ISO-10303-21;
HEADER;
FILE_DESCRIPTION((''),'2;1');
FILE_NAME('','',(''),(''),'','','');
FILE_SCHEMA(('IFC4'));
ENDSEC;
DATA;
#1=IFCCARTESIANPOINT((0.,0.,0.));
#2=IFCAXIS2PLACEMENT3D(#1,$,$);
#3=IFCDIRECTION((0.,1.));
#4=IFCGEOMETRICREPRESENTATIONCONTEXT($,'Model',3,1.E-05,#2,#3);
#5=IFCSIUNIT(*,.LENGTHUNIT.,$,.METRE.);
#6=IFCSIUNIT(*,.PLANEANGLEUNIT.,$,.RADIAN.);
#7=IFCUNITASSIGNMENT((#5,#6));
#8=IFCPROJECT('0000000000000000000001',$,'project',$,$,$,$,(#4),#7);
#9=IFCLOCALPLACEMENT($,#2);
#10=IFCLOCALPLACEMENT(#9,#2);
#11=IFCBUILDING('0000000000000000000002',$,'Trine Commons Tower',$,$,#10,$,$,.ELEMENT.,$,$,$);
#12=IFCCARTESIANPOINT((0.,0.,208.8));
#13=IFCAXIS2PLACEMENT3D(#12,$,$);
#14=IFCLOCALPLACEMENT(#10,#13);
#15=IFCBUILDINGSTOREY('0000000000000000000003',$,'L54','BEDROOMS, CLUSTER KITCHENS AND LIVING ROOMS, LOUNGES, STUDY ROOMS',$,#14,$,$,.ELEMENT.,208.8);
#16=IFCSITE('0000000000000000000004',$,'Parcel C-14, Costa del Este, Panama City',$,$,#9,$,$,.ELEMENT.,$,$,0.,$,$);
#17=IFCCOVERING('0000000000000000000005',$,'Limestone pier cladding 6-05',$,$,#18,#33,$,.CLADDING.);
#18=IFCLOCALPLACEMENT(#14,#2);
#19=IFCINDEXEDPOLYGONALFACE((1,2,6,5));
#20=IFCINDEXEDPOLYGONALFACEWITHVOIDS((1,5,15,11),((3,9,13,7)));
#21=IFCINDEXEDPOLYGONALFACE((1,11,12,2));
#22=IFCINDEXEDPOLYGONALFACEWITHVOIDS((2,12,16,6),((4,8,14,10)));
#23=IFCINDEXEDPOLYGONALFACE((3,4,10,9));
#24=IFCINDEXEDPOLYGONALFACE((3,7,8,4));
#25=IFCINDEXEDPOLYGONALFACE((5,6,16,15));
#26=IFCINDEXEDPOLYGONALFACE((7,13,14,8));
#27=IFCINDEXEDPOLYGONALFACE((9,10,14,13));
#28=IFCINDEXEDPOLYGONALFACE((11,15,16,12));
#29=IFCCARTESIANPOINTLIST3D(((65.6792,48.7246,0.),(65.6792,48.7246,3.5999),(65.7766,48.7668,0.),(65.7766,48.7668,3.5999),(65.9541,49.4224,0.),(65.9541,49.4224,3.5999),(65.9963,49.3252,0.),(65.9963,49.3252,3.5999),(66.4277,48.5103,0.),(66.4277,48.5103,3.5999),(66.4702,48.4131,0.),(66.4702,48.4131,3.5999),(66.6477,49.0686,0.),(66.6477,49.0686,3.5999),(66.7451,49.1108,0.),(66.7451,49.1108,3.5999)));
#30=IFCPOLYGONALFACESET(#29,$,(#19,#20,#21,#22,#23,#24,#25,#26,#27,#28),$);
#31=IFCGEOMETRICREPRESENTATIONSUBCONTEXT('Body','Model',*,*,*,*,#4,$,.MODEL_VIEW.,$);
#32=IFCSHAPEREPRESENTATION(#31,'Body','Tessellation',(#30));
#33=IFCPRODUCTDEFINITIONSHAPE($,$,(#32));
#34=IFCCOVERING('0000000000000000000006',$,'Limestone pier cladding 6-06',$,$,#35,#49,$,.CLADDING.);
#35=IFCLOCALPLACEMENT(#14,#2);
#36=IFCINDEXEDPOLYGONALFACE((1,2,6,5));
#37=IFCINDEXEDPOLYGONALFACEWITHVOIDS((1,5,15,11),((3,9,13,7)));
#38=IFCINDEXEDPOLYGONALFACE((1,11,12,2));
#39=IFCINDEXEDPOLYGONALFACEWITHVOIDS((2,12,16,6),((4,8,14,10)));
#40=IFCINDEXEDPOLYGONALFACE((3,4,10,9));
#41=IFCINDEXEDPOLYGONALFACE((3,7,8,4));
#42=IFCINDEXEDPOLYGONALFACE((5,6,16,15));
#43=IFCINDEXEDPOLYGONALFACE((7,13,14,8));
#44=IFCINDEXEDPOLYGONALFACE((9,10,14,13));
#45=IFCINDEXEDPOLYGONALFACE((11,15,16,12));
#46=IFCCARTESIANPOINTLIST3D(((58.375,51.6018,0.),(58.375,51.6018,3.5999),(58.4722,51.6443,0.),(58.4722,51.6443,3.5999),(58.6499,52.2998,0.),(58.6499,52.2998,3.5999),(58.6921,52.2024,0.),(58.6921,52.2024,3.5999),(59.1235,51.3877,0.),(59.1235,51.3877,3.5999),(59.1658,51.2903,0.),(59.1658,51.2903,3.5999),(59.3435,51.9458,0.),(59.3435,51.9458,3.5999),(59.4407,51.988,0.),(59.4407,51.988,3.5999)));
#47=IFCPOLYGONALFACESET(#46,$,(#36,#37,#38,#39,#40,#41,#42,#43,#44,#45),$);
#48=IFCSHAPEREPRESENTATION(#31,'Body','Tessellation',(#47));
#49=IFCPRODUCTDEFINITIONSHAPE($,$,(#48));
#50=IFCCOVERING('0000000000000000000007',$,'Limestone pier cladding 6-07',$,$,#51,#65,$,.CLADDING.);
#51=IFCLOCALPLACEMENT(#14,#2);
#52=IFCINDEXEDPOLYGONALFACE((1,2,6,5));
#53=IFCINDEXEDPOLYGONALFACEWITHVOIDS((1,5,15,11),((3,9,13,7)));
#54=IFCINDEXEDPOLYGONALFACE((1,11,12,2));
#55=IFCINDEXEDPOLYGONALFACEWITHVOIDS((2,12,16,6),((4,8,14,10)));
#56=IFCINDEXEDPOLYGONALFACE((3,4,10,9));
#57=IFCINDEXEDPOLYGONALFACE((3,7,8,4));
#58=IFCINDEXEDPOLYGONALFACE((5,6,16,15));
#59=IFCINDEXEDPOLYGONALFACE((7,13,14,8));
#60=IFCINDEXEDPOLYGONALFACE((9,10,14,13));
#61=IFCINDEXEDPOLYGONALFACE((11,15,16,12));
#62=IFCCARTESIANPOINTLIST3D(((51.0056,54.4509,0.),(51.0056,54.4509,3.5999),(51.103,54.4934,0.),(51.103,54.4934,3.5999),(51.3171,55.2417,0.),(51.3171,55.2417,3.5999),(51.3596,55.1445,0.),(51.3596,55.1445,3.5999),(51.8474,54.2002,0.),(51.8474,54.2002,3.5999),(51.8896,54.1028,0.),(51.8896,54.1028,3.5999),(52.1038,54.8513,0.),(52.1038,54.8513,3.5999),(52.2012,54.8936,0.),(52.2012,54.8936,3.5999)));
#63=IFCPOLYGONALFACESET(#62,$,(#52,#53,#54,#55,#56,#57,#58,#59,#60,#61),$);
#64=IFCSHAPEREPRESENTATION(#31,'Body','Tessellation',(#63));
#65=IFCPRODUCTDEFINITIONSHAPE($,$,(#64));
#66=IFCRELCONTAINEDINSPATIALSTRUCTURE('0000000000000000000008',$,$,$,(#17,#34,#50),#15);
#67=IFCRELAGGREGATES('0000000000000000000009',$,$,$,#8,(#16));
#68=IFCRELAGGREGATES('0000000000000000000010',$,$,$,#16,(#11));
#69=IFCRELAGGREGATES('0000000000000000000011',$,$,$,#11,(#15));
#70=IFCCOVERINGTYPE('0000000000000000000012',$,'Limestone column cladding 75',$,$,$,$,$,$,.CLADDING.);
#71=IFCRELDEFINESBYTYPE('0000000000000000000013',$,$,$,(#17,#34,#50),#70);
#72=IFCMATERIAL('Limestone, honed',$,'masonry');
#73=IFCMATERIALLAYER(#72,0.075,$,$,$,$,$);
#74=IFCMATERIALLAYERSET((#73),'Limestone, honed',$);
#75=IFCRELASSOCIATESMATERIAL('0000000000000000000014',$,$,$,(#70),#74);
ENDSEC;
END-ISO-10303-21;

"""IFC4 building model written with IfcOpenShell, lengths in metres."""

from ifc_helpers import new_model, si_unit, direction, frame, origin, place, context, subcontext, project, spatial, polyline, outline, extrude, material, layer, layer_set, type_object, element, save


model = new_model("IFC4")

# Units and contexts
model_context = context("Model", 3, precision=1e-05, world=origin(), true_north=direction((0.0, 1.0)))
body_context = subcontext(model_context, "Body", "Model", "MODEL_VIEW")
ifc_project = project(units=[si_unit("LENGTHUNIT", "METRE"), si_unit("PLANEANGLEUNIT", "RADIAN")], contexts=[model_context])

# Site, building, storey
site_placement = place(None, origin())
site = spatial("IfcSite", under=ifc_project, at=site_placement, Name="Parcel C-14, Costa del Este, Panama City", CompositionType="ELEMENT", RefElevation=0.0)
building_placement = place(site_placement, origin())
building = spatial("IfcBuilding", under=site, at=building_placement, Name="Trine Commons Tower", CompositionType="ELEMENT")
storey_placement = place(building_placement, frame((0.0, 0.0, 208.8)))
storey = spatial("IfcBuildingStorey", under=building, at=storey_placement, Name="L54", Description="BEDROOMS, CLUSTER KITCHENS AND LIVING ROOMS, LOUNGES, STUDY ROOMS", CompositionType="ELEMENT", Elevation=208.8)

# Coverings
ifc_material_1 = material(Name="Limestone, honed", Category="masonry")
ifc_layer_1 = layer(ifc_material_1, 0.075)
ifc_layer_set_1 = layer_set([ifc_layer_1], Name="Limestone, honed")
covering_type_1 = type_object("IfcCoveringType", Name="Limestone column cladding 75", PredefinedType="CLADDING", material=ifc_layer_set_1)
covering_1_placement = place(storey_placement, origin())
element("IfcCovering", 1, at=covering_1_placement, inside=storey, type_object=covering_type_1, Name="Limestone pier cladding 6-05", PredefinedType="CLADDING", context=body_context, shape_type="SweptSolid", body=[
    extrude(outline(polyline([(65.9541, 49.4224), (65.6792, 48.7246), (66.4702, 48.4131), (66.7451, 49.1108), (65.9541, 49.4224)]), holes=[polyline([(65.9963, 49.3252), (65.7766, 48.7668), (66.4277, 48.5103), (66.6477, 49.0686), (65.9963, 49.3252)])]), origin(), (0.0, 0.0, 1.0), 3.5999),
])
covering_2_placement = place(storey_placement, origin())
element("IfcCovering", 2, at=covering_2_placement, inside=storey, type_object=covering_type_1, Name="Limestone pier cladding 6-06", PredefinedType="CLADDING", context=body_context, shape_type="SweptSolid", body=[
    extrude(outline(polyline([(58.6499, 52.2998), (58.375, 51.6018), (59.1658, 51.2903), (59.4407, 51.988), (58.6499, 52.2998)]), holes=[polyline([(58.6921, 52.2024), (58.4722, 51.6443), (59.1235, 51.3877), (59.3435, 51.9458), (58.6921, 52.2024)])]), origin(), (0.0, 0.0, 1.0), 3.5999),
])
covering_3_placement = place(storey_placement, origin())
element("IfcCovering", 3, at=covering_3_placement, inside=storey, type_object=covering_type_1, Name="Limestone pier cladding 6-07", PredefinedType="CLADDING", context=body_context, shape_type="SweptSolid", body=[
    extrude(outline(polyline([(51.3171, 55.2417), (51.0056, 54.4509), (51.8896, 54.1028), (52.2012, 54.8936), (51.3171, 55.2417)]), holes=[polyline([(51.3596, 55.1445), (51.103, 54.4934), (51.8474, 54.2002), (52.1038, 54.8513), (51.3596, 55.1445)])]), origin(), (0.0, 0.0, 1.0), 3.5999),
])

save(model, "model.ifc")
